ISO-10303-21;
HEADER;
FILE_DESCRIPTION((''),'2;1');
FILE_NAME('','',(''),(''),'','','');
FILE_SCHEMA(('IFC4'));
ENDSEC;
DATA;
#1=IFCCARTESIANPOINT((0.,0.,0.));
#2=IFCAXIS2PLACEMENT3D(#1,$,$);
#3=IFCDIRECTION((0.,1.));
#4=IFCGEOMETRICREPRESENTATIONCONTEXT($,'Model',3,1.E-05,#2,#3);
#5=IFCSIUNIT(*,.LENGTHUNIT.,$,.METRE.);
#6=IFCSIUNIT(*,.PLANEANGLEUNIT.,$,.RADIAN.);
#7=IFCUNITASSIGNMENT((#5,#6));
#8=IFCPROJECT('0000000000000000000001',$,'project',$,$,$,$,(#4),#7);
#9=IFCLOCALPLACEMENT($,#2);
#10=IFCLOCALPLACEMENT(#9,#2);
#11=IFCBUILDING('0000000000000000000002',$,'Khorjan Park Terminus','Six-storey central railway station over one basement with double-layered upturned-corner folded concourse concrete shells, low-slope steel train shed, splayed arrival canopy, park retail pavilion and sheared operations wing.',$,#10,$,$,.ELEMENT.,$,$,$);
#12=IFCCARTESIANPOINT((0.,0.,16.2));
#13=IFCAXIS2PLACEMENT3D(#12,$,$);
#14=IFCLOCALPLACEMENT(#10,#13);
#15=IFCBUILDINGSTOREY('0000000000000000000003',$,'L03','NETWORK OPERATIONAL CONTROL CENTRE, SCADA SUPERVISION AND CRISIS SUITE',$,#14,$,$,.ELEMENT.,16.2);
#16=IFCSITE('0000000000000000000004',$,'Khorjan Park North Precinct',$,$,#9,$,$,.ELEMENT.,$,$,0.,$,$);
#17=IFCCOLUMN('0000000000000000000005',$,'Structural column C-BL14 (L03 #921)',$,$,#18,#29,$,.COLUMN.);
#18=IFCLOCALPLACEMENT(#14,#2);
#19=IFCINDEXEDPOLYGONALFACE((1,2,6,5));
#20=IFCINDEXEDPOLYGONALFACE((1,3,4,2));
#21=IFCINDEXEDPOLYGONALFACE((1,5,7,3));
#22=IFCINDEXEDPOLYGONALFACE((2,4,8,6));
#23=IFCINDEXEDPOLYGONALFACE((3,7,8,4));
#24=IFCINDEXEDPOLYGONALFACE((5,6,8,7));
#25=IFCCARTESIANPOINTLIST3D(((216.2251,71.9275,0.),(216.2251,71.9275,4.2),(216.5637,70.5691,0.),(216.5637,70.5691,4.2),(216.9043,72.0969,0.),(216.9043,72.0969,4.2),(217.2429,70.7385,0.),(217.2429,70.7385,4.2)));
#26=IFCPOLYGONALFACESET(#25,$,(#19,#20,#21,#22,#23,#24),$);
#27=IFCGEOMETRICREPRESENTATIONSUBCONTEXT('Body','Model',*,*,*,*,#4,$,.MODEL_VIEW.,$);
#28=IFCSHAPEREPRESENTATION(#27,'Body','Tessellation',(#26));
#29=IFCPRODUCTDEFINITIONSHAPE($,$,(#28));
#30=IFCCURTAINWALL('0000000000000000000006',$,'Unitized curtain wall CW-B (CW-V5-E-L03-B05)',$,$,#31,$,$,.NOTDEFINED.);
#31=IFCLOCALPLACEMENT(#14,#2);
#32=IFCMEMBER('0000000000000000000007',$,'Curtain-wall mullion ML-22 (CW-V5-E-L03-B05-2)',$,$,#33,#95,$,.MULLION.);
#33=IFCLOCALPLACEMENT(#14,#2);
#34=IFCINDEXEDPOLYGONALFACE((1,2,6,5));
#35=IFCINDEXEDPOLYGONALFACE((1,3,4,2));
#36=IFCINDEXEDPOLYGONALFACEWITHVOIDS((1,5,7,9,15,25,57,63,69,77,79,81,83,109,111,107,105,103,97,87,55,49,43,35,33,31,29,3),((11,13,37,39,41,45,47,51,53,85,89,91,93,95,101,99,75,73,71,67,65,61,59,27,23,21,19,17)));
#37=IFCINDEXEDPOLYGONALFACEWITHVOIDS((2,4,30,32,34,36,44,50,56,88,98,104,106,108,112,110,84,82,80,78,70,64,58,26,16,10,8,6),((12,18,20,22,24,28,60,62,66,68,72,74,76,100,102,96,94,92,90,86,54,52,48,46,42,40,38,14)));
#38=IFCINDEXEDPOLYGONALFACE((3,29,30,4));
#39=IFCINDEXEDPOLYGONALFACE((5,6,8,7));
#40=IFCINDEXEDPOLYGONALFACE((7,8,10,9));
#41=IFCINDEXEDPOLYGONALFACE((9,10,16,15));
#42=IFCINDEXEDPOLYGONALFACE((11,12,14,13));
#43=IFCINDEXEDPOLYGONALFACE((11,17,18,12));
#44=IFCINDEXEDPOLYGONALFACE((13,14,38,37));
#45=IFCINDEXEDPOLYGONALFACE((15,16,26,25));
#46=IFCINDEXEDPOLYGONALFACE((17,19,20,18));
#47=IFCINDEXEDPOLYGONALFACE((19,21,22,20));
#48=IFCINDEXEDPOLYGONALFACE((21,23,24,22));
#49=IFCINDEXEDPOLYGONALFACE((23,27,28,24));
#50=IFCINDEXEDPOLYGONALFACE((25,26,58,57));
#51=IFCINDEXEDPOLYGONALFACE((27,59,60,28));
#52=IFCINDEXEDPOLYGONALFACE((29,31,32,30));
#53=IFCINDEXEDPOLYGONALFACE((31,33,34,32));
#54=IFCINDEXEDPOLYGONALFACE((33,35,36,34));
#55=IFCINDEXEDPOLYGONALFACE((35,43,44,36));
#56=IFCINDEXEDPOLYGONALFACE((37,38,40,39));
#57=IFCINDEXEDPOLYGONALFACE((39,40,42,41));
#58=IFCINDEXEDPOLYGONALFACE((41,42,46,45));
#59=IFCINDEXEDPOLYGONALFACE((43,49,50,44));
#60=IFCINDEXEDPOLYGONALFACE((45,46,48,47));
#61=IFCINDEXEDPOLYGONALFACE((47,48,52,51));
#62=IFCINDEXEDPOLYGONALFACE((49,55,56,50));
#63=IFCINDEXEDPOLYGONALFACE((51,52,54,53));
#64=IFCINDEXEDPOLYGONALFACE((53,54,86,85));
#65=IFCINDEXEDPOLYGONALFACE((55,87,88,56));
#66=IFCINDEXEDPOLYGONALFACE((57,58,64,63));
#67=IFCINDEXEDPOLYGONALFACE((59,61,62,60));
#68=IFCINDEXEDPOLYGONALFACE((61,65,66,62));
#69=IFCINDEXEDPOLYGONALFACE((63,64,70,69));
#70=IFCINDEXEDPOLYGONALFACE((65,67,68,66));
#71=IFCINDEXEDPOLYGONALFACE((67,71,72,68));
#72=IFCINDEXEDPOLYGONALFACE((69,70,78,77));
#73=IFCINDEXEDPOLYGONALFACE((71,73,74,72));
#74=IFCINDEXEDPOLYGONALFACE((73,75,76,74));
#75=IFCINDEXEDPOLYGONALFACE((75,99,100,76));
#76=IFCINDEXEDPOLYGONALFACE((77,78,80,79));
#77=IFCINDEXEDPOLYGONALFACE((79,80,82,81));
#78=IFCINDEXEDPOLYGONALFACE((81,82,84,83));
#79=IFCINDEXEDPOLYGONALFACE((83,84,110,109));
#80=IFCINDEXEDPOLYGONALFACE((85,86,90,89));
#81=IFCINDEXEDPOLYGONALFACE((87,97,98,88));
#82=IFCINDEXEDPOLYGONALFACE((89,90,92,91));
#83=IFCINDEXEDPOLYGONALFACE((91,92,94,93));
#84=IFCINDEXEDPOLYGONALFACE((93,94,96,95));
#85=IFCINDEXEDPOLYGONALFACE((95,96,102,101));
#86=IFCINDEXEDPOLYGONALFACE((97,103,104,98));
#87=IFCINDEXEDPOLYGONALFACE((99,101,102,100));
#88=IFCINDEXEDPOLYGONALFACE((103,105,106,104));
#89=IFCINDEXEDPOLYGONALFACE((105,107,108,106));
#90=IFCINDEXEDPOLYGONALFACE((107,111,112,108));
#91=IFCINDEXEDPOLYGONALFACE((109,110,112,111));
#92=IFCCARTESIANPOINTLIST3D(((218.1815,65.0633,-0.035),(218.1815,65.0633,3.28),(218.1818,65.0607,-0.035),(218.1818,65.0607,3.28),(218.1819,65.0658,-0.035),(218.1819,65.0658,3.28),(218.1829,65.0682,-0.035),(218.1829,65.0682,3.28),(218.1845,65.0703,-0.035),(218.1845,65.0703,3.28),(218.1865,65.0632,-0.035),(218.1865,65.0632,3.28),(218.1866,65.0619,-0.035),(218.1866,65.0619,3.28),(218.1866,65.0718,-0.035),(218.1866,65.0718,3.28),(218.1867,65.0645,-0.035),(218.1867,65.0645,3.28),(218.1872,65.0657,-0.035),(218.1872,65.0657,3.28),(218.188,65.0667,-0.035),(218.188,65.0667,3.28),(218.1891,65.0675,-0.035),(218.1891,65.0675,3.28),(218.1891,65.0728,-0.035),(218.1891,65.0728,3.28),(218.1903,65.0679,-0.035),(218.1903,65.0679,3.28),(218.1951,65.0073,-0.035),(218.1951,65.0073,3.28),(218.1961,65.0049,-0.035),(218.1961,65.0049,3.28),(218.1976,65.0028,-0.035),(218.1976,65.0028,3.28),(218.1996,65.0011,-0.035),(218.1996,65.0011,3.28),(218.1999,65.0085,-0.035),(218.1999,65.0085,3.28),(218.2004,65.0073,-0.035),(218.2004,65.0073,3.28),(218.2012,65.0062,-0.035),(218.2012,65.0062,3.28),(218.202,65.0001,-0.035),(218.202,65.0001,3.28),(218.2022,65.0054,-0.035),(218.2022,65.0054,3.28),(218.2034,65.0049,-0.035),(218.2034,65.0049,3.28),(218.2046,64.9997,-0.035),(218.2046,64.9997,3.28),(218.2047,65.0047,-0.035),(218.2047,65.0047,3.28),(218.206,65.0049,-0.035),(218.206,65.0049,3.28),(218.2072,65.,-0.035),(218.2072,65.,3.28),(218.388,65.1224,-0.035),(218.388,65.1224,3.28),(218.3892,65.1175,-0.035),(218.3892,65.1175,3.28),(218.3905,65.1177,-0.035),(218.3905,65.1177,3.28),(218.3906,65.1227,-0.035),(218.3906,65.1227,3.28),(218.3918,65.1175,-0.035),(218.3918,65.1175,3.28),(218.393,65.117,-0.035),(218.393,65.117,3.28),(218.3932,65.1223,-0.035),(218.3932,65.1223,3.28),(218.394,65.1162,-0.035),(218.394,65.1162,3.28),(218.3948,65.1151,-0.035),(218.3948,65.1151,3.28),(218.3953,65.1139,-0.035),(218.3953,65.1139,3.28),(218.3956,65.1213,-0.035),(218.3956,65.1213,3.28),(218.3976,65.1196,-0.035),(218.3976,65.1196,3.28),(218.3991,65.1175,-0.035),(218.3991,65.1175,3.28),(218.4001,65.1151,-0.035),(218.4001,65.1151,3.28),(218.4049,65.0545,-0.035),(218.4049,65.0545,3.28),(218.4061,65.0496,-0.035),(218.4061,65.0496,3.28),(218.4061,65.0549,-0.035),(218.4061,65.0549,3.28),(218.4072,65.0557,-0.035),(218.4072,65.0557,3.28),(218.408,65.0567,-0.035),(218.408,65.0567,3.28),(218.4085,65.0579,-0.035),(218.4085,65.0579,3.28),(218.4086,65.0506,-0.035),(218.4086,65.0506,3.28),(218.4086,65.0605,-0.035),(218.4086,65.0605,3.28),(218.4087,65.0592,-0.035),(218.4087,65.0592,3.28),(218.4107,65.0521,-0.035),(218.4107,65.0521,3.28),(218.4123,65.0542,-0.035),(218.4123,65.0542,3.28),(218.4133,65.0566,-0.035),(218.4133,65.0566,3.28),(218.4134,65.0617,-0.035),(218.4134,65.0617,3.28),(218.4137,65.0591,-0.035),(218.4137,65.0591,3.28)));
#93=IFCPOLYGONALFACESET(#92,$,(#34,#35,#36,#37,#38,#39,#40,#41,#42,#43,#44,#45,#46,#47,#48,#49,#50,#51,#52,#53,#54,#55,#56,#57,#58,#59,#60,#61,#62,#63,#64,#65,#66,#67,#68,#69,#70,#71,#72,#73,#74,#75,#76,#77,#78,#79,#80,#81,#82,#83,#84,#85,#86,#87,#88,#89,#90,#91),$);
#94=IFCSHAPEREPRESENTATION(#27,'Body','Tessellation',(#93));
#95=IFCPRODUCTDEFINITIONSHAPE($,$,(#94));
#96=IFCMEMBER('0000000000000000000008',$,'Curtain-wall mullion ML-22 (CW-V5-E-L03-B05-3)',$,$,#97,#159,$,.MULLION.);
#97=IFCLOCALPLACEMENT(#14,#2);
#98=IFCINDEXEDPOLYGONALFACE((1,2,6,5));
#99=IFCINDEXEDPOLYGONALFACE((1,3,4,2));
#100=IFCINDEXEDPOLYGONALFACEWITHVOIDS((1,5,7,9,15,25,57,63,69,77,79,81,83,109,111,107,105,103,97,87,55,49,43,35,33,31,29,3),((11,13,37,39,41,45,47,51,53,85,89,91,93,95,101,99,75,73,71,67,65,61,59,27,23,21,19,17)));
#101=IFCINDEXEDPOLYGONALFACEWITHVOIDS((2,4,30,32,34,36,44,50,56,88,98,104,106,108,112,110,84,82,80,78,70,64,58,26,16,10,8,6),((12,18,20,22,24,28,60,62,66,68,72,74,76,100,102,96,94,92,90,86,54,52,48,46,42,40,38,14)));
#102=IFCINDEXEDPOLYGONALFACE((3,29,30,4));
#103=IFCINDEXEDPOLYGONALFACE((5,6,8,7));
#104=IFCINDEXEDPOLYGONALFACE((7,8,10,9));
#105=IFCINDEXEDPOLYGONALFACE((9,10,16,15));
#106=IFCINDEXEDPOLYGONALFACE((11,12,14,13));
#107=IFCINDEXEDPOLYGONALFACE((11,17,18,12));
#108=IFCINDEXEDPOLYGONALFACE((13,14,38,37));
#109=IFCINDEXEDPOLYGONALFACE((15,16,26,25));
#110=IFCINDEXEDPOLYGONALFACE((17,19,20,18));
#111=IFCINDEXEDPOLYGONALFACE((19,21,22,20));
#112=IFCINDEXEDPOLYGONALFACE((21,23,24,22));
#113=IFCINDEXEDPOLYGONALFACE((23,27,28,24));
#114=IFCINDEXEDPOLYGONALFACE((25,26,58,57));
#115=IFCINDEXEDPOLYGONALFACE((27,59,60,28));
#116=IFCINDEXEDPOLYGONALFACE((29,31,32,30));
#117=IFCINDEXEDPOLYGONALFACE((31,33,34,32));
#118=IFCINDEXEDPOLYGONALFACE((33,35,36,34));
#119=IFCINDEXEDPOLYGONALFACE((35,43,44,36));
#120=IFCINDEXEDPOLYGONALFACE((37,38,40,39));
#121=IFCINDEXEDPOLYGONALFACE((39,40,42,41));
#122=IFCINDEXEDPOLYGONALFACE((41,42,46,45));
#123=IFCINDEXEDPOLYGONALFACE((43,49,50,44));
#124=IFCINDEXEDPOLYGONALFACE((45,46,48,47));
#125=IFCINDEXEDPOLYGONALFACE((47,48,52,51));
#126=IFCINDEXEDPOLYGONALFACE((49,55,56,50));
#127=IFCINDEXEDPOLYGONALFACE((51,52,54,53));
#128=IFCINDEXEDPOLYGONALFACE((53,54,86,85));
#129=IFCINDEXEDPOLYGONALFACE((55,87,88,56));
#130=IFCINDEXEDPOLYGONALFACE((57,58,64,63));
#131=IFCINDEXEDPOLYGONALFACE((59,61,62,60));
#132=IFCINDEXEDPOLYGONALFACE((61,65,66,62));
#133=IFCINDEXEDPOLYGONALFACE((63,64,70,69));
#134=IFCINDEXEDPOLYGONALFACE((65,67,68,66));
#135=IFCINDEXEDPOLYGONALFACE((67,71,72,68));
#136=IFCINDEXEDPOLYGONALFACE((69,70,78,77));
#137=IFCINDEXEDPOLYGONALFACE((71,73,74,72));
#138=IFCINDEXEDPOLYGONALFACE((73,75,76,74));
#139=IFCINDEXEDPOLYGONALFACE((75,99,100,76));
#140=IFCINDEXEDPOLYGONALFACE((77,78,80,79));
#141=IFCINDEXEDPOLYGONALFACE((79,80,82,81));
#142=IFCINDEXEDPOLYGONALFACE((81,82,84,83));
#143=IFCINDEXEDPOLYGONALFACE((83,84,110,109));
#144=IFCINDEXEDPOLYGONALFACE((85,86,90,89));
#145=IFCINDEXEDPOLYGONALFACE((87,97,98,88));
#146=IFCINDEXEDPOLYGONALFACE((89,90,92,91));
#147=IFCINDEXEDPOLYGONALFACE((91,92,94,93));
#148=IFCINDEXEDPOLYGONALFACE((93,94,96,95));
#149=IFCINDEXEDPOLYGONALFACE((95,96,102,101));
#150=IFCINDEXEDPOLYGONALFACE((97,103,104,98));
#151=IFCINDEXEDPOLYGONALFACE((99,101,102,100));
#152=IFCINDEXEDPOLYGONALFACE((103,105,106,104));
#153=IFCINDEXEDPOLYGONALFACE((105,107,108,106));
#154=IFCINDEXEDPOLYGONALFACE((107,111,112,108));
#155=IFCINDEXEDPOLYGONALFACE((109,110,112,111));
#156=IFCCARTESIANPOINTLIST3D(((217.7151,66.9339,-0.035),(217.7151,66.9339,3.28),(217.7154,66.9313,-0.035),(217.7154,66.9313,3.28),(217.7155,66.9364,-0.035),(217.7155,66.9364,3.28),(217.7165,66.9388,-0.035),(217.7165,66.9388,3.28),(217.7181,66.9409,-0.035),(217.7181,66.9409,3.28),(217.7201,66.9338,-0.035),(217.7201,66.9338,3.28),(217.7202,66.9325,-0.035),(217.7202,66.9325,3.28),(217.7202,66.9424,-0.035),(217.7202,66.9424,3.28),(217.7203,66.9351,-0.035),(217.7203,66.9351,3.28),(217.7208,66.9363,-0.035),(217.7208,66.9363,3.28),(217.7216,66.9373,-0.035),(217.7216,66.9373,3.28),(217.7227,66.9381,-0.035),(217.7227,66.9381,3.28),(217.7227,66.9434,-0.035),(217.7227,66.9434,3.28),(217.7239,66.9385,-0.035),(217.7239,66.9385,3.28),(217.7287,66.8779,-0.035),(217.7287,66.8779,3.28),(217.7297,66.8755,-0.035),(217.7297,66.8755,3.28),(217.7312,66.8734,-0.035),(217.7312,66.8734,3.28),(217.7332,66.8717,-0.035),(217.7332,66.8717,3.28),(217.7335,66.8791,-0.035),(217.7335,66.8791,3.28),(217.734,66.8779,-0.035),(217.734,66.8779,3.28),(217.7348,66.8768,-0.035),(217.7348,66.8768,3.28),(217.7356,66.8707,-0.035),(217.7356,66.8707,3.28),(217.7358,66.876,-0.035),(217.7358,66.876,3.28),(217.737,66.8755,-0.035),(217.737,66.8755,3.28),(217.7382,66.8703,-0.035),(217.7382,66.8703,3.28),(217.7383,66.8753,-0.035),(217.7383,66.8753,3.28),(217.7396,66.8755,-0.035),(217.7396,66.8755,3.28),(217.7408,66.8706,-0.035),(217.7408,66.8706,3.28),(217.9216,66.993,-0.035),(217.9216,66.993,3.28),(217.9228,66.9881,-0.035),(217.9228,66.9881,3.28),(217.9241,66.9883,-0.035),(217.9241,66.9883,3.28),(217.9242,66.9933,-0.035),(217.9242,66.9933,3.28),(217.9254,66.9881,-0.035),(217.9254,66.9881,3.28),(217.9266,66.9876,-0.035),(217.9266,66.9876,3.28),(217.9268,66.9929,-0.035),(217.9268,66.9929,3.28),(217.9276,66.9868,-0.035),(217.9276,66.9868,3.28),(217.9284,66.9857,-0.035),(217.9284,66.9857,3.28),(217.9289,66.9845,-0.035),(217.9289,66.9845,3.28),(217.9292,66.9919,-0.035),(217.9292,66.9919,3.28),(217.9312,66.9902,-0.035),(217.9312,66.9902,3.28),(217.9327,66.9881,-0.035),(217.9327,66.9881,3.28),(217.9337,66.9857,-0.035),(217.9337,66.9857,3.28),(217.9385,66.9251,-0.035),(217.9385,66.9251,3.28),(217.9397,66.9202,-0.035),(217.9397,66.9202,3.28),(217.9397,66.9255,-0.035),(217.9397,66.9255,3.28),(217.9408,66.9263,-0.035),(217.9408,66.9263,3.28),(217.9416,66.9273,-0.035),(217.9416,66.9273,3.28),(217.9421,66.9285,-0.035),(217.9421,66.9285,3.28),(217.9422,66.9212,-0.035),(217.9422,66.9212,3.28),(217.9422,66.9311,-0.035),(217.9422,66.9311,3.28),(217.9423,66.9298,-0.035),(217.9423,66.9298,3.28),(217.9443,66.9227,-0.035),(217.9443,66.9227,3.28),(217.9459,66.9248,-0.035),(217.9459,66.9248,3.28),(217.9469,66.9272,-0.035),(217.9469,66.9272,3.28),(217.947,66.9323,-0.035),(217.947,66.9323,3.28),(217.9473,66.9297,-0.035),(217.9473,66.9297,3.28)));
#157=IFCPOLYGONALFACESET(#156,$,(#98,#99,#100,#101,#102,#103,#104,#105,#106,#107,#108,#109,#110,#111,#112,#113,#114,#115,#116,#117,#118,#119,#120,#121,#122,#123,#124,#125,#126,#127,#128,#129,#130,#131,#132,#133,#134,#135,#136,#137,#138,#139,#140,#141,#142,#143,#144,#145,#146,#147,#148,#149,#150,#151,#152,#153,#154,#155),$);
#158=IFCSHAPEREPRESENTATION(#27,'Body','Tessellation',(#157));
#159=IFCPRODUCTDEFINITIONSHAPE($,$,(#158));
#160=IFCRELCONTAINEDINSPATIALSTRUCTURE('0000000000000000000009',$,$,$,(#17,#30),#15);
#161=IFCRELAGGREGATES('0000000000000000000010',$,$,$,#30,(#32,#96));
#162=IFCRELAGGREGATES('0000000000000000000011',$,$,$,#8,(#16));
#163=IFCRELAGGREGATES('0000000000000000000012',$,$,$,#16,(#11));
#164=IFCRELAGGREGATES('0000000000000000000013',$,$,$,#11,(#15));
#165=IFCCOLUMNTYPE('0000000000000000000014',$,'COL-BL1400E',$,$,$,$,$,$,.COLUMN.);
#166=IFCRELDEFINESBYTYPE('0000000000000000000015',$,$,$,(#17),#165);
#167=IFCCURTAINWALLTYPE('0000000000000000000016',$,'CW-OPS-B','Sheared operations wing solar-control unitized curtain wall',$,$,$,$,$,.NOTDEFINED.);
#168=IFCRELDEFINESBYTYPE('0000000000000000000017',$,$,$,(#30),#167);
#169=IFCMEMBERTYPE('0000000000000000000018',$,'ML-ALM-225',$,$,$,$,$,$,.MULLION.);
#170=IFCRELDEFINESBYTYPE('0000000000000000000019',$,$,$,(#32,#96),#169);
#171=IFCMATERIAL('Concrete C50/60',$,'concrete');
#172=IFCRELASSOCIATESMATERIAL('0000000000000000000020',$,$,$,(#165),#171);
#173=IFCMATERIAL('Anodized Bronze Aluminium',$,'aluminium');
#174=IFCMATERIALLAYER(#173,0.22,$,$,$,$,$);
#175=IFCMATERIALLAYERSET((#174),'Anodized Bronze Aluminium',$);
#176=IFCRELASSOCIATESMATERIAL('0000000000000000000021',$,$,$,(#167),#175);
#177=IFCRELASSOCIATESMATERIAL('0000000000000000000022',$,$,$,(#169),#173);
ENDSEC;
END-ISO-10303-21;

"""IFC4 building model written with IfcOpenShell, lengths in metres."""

from ifc_helpers import new_model, si_unit, direction, frame, origin, origin_2d, place, context, subcontext, project, spatial, rectangle, hollow_rectangle, extrude, material, layer, layer_set, material_profile, profile_set, type_object, element, aggregate, save


model = new_model("IFC4")

# Units and contexts
model_context = context("Model", 3, precision=1e-05, world=origin(), true_north=direction((0.0, 1.0)))
body_context = subcontext(model_context, "Body", "Model", "MODEL_VIEW")
ifc_project = project(units=[si_unit("LENGTHUNIT", "METRE"), si_unit("PLANEANGLEUNIT", "RADIAN")], contexts=[model_context])

# Site, building, storey
site_placement = place(None, origin())
site = spatial("IfcSite", under=ifc_project, at=site_placement, Name="Khorjan Park North Precinct", CompositionType="ELEMENT", RefElevation=0.0)
building_placement = place(site_placement, origin())
building = spatial("IfcBuilding", under=site, at=building_placement, Name="Khorjan Park Terminus", Description="Six-storey central railway station over one basement with double-layered upturned-corner folded concourse concrete shells, low-slope steel train shed, splayed arrival canopy, park retail pavilion and sheared operations wing.", CompositionType="ELEMENT")
storey_placement = place(building_placement, frame((0.0, 0.0, 16.2)))
storey = spatial("IfcBuildingStorey", under=building, at=storey_placement, Name="L03", Description="NETWORK OPERATIONAL CONTROL CENTRE, SCADA SUPERVISION AND CRISIS SUITE", CompositionType="ELEMENT", Elevation=16.2)

# Column
ifc_material_1 = material(Name="Concrete C50/60", Category="concrete")
ifc_material_profile_1 = material_profile(ifc_material_1, rectangle(XDim=0.7, YDim=1.4, at=origin_2d()), Name="RC 700x1400")
ifc_profile_set_1 = profile_set([ifc_material_profile_1], Name="Concrete C50/60")
column_type = type_object("IfcColumnType", Name="COL-BL1400E", PredefinedType="COLUMN", material=ifc_profile_set_1)
column_placement = place(storey_placement, frame((216.734, 71.333, 0.0), z_axis=(0.0, 0.0, 1.0), x_axis=(0.970296, 0.241922, 0.0)))
element("IfcColumn", 1, at=column_placement, inside=storey, type_object=column_type, Name="Structural column C-BL14 (L03 #921)", PredefinedType="COLUMN", context=body_context, shape_type="SweptSolid", body=[
    extrude(rectangle(XDim=0.7, YDim=1.4, at=origin_2d()), origin(), (0.0, 0.0, 1.0), 4.2),
])

# Curtain wall, members
ifc_material_2 = material(Name="Anodized Bronze Aluminium", Category="aluminium")
ifc_layer_1 = layer(ifc_material_2, 0.22)
ifc_layer_set_1 = layer_set([ifc_layer_1], Name="Anodized Bronze Aluminium")
curtain_wall_type = type_object("IfcCurtainWallType", Name="CW-OPS-B", Description="Sheared operations wing solar-control unitized curtain wall", PredefinedType="NOTDEFINED", material=ifc_layer_set_1)
curtain_wall_placement = place(storey_placement, origin())
curtain_wall = element("IfcCurtainWall", 2, at=curtain_wall_placement, inside=storey, type_object=curtain_wall_type, Name="Unitized curtain wall CW-B (CW-V5-E-L03-B05)", PredefinedType="NOTDEFINED")
ifc_material_profile_2 = material_profile(ifc_material_2, hollow_rectangle(XDim=0.075, YDim=0.225, WallThickness=0.005, InnerFilletRadius=0.005, OuterFilletRadius=0.01, at=origin_2d()), Name="ALM 75x225x5")
ifc_profile_set_2 = profile_set([ifc_material_profile_2], Name="Anodized Bronze Aluminium")
member_type_1 = type_object("IfcMemberType", Name="ML-ALM-225", PredefinedType="MULLION", material=ifc_profile_set_2)
member_1_placement = place(storey_placement, frame((218.2976, 65.0612, -0.035), z_axis=(0.0, 0.0, 1.0), x_axis=(-0.241935, 0.970292, 0.0)))
member_1 = element("IfcMember", 3, at=member_1_placement, type_object=member_type_1, Name="Curtain-wall mullion ML-22 (CW-V5-E-L03-B05-2)", PredefinedType="MULLION", context=body_context, shape_type="SweptSolid", body=[
    extrude(hollow_rectangle(XDim=0.075, YDim=0.225, WallThickness=0.005, InnerFilletRadius=0.005, OuterFilletRadius=0.01, at=origin_2d()), origin(), (0.0, 0.0, 1.0), 3.315),
])
member_2_placement = place(storey_placement, frame((217.8312, 66.9318, -0.035), z_axis=(0.0, 0.0, 1.0), x_axis=(-0.241935, 0.970292, 0.0)))
member_2 = element("IfcMember", 4, at=member_2_placement, type_object=member_type_1, Name="Curtain-wall mullion ML-22 (CW-V5-E-L03-B05-3)", PredefinedType="MULLION", context=body_context, shape_type="SweptSolid", body=[
    extrude(hollow_rectangle(XDim=0.075, YDim=0.225, WallThickness=0.005, InnerFilletRadius=0.005, OuterFilletRadius=0.01, at=origin_2d()), origin(), (0.0, 0.0, 1.0), 3.315),
])
aggregate(curtain_wall, [member_1, member_2])

save(model, "model.ifc")
